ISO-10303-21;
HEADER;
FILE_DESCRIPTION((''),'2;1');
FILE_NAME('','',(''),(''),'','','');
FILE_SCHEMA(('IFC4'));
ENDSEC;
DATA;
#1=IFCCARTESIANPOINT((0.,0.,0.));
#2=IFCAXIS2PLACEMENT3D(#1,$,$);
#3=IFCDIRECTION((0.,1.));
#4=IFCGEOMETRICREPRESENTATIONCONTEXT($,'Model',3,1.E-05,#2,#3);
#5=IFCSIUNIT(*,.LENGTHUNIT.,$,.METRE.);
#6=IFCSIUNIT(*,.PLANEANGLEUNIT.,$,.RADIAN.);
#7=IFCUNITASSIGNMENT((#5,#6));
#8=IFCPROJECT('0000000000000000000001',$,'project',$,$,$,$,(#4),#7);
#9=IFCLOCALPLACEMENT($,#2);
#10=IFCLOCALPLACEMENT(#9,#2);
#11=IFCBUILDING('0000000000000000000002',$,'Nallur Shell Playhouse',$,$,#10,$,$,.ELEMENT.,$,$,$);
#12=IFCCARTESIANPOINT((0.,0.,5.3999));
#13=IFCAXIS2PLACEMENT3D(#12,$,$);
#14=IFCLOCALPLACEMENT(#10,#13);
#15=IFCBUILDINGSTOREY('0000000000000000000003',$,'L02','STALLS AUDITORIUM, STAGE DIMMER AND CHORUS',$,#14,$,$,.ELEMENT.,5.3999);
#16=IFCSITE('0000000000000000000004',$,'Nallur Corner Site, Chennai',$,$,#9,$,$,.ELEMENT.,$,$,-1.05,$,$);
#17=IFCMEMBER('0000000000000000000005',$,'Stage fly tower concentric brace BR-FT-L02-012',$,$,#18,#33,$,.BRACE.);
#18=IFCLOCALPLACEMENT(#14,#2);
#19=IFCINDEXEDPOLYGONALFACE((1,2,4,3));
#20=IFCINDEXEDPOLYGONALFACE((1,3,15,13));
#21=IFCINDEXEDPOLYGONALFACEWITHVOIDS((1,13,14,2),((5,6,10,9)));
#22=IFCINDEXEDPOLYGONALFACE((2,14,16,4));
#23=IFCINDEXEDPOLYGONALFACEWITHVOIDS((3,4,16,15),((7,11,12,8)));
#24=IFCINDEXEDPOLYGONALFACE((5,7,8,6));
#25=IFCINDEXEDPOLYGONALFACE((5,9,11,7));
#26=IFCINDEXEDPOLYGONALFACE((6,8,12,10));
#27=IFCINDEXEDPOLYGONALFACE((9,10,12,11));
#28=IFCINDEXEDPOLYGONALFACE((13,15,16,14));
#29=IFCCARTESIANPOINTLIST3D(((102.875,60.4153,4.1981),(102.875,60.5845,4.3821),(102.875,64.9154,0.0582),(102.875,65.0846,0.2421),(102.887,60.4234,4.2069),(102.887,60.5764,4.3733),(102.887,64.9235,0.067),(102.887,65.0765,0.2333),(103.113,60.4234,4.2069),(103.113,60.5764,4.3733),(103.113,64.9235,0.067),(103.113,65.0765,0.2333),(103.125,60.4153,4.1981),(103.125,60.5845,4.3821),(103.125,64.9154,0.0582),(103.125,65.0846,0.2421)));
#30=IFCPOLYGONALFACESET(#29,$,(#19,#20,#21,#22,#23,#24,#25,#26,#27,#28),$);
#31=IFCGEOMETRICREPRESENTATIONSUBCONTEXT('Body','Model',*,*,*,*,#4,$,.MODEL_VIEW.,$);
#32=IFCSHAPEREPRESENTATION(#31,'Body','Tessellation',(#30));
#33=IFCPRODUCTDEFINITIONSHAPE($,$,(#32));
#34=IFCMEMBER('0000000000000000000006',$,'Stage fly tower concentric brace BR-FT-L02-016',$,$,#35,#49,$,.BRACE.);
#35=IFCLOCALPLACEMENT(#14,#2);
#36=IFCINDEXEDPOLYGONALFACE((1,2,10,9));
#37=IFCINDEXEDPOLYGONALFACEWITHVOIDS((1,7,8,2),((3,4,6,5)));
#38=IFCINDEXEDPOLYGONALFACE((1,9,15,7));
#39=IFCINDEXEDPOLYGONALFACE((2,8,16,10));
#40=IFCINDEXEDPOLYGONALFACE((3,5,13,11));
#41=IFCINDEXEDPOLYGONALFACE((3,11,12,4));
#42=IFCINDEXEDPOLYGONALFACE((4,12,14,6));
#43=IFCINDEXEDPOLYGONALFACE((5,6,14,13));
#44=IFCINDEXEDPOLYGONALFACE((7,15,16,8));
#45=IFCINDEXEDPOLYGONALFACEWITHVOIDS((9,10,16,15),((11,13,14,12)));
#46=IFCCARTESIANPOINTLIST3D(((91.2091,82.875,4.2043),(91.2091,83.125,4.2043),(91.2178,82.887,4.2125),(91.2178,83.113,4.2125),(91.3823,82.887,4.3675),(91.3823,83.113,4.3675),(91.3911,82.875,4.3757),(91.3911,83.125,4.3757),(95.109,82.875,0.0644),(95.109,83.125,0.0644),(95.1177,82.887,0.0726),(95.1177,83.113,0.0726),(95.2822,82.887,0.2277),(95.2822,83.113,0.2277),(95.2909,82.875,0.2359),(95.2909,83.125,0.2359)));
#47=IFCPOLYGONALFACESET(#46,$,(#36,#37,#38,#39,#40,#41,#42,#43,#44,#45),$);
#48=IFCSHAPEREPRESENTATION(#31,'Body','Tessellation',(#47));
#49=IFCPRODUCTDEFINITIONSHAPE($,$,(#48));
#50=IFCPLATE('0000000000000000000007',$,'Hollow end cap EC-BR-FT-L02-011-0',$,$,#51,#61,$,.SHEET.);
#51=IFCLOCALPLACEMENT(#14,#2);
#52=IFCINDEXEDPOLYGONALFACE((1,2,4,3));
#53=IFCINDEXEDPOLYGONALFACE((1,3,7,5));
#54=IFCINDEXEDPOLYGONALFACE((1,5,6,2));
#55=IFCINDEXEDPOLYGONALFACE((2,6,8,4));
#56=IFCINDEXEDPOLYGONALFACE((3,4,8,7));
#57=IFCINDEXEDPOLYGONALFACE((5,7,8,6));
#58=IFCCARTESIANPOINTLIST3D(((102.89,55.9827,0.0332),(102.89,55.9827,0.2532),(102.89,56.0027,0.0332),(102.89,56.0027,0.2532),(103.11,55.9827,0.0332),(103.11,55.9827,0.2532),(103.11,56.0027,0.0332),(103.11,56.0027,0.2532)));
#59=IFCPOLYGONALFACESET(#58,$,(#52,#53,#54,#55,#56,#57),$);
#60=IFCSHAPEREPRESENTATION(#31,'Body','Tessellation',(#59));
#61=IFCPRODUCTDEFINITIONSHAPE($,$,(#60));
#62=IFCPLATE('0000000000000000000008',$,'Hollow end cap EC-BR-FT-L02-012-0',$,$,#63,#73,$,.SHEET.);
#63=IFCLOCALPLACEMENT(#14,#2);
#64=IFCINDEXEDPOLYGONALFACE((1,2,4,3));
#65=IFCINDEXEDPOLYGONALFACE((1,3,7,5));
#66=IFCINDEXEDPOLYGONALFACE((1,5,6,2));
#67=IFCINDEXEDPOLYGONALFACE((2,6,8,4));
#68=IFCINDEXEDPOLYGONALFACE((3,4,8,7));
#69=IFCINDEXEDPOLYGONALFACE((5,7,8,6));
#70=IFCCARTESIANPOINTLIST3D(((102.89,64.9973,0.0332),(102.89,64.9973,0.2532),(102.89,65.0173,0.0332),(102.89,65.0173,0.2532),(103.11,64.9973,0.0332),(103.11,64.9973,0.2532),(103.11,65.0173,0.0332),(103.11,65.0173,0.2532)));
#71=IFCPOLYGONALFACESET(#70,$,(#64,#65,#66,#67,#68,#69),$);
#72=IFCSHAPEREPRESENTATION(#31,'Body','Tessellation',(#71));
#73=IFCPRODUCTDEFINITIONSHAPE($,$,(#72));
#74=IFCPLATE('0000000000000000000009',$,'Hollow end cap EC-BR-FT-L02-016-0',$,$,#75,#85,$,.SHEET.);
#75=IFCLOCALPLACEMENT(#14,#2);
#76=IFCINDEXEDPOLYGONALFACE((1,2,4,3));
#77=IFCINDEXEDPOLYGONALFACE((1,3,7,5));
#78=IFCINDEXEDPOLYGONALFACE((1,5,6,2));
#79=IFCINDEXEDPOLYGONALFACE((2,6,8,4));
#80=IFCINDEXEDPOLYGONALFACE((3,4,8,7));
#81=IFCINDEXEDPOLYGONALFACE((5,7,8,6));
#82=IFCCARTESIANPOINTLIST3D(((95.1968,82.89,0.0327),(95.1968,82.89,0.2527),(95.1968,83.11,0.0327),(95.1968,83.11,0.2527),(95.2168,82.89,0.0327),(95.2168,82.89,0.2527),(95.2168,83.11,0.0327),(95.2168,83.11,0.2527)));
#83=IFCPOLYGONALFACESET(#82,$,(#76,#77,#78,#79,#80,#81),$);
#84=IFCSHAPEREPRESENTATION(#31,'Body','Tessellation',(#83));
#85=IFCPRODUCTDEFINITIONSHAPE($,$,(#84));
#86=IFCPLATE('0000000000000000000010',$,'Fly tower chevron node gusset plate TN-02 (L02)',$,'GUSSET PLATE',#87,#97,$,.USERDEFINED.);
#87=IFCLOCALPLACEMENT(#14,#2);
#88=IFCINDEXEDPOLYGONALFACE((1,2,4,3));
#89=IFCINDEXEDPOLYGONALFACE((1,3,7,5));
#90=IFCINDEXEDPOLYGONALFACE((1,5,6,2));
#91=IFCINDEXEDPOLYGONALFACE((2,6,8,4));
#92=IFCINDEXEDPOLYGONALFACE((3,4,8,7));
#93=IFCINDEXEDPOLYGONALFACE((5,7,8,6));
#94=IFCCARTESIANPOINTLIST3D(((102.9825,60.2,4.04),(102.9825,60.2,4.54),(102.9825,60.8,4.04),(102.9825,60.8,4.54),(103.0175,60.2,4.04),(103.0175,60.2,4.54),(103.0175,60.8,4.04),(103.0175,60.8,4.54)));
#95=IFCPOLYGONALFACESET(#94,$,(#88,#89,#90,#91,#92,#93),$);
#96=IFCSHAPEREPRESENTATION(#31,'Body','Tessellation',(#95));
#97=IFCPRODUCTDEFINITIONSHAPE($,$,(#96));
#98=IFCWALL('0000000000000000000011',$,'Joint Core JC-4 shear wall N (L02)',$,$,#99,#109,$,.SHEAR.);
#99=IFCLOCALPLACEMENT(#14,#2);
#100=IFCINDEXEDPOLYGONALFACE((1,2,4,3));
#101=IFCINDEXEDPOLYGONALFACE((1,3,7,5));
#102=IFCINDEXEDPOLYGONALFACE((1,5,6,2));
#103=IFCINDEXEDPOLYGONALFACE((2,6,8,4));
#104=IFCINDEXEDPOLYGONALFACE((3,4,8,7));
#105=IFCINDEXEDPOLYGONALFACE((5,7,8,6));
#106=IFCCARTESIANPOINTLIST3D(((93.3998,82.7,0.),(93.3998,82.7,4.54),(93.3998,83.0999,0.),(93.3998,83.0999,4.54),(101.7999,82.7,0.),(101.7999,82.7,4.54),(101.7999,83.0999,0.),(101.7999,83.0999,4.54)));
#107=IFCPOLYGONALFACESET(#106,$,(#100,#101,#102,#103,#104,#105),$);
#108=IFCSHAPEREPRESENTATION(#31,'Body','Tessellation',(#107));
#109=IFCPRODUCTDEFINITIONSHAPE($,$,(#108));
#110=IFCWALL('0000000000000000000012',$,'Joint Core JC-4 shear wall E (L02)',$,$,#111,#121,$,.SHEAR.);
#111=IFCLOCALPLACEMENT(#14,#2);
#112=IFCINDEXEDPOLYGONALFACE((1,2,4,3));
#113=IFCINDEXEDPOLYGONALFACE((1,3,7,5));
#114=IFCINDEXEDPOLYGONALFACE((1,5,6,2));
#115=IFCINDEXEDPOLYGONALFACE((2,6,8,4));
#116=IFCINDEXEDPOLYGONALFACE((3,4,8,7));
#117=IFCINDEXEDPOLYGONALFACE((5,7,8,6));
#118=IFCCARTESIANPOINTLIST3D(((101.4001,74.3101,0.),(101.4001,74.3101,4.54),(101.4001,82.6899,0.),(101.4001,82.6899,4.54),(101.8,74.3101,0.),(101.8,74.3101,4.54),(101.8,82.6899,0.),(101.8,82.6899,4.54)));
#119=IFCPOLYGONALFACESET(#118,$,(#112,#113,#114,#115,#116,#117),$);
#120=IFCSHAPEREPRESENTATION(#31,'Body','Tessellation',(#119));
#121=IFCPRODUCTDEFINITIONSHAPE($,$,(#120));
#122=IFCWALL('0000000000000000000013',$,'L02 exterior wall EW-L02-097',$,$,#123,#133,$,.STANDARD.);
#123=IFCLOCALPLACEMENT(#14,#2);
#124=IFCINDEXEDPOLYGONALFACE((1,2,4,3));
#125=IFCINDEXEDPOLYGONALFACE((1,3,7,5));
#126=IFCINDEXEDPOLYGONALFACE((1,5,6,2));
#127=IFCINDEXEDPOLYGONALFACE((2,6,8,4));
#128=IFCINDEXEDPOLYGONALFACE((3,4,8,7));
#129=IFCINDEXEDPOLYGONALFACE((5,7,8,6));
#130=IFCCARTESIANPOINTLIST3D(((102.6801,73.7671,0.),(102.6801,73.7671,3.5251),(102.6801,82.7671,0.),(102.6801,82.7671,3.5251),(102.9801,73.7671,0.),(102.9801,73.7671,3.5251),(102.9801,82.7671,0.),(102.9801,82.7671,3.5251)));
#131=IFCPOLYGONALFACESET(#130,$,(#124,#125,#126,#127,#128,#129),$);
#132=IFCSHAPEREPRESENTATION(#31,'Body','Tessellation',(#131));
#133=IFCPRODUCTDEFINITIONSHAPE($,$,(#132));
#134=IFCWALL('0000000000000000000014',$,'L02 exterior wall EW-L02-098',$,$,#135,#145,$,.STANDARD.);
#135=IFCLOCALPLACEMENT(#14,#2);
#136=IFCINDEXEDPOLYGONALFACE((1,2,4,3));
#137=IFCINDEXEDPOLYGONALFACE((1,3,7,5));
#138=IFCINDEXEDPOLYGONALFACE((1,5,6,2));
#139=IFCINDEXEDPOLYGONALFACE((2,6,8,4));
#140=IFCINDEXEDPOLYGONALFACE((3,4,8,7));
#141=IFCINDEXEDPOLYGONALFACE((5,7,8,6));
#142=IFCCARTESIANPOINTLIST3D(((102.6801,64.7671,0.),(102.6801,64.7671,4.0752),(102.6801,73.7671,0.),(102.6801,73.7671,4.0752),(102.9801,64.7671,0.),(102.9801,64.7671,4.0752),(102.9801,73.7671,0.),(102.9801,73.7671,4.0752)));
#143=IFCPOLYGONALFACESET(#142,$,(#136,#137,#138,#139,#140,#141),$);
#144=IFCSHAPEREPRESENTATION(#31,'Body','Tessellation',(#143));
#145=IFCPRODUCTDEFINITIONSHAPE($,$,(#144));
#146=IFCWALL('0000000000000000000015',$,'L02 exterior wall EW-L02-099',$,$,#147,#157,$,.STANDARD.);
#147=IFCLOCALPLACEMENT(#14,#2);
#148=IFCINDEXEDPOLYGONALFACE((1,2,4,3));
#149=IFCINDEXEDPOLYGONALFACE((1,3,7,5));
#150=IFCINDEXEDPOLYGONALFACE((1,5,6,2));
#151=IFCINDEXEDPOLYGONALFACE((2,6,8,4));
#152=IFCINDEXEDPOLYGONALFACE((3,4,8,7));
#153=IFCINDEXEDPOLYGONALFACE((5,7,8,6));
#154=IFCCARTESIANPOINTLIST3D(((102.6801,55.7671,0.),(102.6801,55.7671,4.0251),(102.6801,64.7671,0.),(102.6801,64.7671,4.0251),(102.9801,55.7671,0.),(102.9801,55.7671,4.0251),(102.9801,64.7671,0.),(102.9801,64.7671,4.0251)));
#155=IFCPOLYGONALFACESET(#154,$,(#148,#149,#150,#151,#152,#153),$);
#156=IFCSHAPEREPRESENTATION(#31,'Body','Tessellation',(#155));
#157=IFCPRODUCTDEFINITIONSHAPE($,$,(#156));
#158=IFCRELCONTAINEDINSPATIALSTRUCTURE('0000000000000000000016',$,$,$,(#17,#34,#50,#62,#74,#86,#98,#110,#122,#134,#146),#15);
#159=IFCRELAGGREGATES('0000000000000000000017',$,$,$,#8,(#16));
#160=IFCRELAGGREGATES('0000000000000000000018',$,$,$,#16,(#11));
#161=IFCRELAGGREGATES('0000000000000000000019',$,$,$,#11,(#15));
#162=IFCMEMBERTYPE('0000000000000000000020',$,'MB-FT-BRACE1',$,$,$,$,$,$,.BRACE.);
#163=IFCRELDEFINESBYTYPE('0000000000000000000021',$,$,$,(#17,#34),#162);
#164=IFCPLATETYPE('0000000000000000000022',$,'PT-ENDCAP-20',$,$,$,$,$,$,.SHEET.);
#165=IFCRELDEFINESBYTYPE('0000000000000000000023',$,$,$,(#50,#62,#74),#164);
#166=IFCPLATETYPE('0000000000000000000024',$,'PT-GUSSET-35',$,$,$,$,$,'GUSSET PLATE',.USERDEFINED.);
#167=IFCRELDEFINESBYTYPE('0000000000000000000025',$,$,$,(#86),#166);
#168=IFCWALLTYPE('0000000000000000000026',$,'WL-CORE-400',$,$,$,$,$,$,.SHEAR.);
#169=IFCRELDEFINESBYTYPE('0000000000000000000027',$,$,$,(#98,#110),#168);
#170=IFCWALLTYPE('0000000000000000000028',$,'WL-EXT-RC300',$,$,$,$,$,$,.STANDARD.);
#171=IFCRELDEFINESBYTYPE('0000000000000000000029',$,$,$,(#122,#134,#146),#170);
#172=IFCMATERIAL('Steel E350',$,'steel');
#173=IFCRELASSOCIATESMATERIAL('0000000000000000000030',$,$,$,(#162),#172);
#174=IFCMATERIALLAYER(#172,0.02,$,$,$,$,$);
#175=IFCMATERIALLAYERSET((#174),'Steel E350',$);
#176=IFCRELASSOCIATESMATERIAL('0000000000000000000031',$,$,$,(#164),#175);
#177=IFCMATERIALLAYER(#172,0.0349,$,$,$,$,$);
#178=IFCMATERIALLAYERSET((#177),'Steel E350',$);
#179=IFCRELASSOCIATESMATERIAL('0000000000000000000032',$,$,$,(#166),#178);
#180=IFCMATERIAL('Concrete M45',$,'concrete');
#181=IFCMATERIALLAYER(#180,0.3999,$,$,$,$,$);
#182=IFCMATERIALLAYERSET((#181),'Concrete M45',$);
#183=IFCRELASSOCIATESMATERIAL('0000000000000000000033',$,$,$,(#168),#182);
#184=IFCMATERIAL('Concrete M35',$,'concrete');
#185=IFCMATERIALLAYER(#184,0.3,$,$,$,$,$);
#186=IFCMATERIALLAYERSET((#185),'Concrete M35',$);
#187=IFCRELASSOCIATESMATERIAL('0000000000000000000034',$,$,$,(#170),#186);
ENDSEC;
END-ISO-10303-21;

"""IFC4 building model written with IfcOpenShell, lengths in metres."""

from ifc_helpers import new_model, si_unit, direction, frame, frame_2d, origin, origin_2d, place, context, subcontext, project, spatial, rectangle, hollow_rectangle, extrude, material, layer, layer_set, material_profile, profile_set, type_object, element, save


model = new_model("IFC4")

# Units and contexts
model_context = context("Model", 3, precision=1e-05, world=origin(), true_north=direction((0.0, 1.0)))
body_context = subcontext(model_context, "Body", "Model", "MODEL_VIEW")
ifc_project = project(units=[si_unit("LENGTHUNIT", "METRE"), si_unit("PLANEANGLEUNIT", "RADIAN")], contexts=[model_context])

# Site, building, storey
site_placement = place(None, origin())
site = spatial("IfcSite", under=ifc_project, at=site_placement, Name="Nallur Corner Site, Chennai", CompositionType="ELEMENT", RefElevation=-1.05)
building_placement = place(site_placement, origin())
building = spatial("IfcBuilding", under=site, at=building_placement, Name="Nallur Shell Playhouse", CompositionType="ELEMENT")
storey_placement = place(building_placement, frame((0.0, 0.0, 5.3999)))
storey = spatial("IfcBuildingStorey", under=building, at=storey_placement, Name="L02", Description="STALLS AUDITORIUM, STAGE DIMMER AND CHORUS", CompositionType="ELEMENT", Elevation=5.3999)

# Shared definitions
ifc_material_1 = material(Name="Steel E350", Category="steel")

# Shared definitions
ifc_material_2 = material(Name="Concrete M35", Category="concrete")

# Members
ifc_material_profile_1 = material_profile(ifc_material_1, hollow_rectangle(XDim=0.25, YDim=0.25, WallThickness=0.012, at=origin_2d()), Name="SHS 250x250x12")
ifc_profile_set_1 = profile_set([ifc_material_profile_1], Name="Steel E350")
member_type_1 = type_object("IfcMemberType", Name="MB-FT-BRACE1", PredefinedType="BRACE", material=ifc_profile_set_1)
for number, where, z_axis, x_axis, name in (
    (1, (103.0, 65.0, 0.1501), (0.0, -0.73594, 0.677047), (1.0, 0.0, 0.0), "Stage fly tower concentric brace BR-FT-L02-012"),
):
    element("IfcMember", number, at=place(storey_placement, frame(where, z_axis=z_axis, x_axis=x_axis)), inside=storey, type_object=member_type_1, Name=name, PredefinedType="BRACE", context=body_context, shape_type="SweptSolid", body=[
        extrude(hollow_rectangle(XDim=0.25, YDim=0.25, WallThickness=0.012, at=origin_2d()), origin(), (0.0, 0.0, 1.0), 6.1147),
    ])
member_1_placement = place(storey_placement, frame((95.2, 83.0, 0.1501), z_axis=(-0.685694, 0.0, 0.72789), x_axis=(0.0, -1.0, 0.0)))
element("IfcMember", 2, at=member_1_placement, inside=storey, type_object=member_type_1, Name="Stage fly tower concentric brace BR-FT-L02-016", PredefinedType="BRACE", context=body_context, shape_type="SweptSolid", body=[
    extrude(hollow_rectangle(XDim=0.25, YDim=0.25, WallThickness=0.012, at=origin_2d()), origin(), (0.0, 0.0, 1.0), 5.6875),
])

# Plates
ifc_layer_1 = layer(ifc_material_1, 0.02)
ifc_layer_set_1 = layer_set([ifc_layer_1], Name="Steel E350")
plate_type_1 = type_object("IfcPlateType", Name="PT-ENDCAP-20", PredefinedType="SHEET", material=ifc_layer_set_1)
for number, where, z_axis, x_axis, name in (
    (3, (103.0, 55.9927, 0.0332), (0.0, 0.0, 1.0), (1.0, 0.0, 0.0), "Hollow end cap EC-BR-FT-L02-011-0"),
    (4, (103.0, 65.0073, 0.0332), (0.0, 0.0, 1.0), (1.0, 0.0, 0.0), "Hollow end cap EC-BR-FT-L02-012-0"),
):
    element("IfcPlate", number, at=place(storey_placement, frame(where, z_axis=z_axis, x_axis=x_axis)), inside=storey, type_object=plate_type_1, Name=name, PredefinedType="SHEET", context=body_context, shape_type="SweptSolid", body=[
        extrude(rectangle(XDim=0.22, YDim=0.02, at=origin_2d()), origin(), (0.0, 0.0, 1.0), 0.22),
    ])
plate_1_placement = place(storey_placement, frame((95.2068, 83.0, 0.0327), z_axis=(0.0, 0.0, 1.0), x_axis=(1.0, 0.0, 0.0)))
element("IfcPlate", 5, at=plate_1_placement, inside=storey, type_object=plate_type_1, Name="Hollow end cap EC-BR-FT-L02-016-0", PredefinedType="SHEET", context=body_context, shape_type="SweptSolid", body=[
    extrude(rectangle(XDim=0.02, YDim=0.22, at=origin_2d()), origin(), (0.0, 0.0, 1.0), 0.22),
])
ifc_layer_2 = layer(ifc_material_1, 0.0349)
ifc_layer_set_2 = layer_set([ifc_layer_2], Name="Steel E350")
plate_type_2 = type_object("IfcPlateType", Name="PT-GUSSET-35", ElementType="GUSSET PLATE", PredefinedType="USERDEFINED", material=ifc_layer_set_2)
plate_2_placement = place(storey_placement, frame((103.0, 60.5, 4.04), z_axis=(0.0, 0.0, 1.0), x_axis=(1.0, 0.0, 0.0)))
element("IfcPlate", 6, at=plate_2_placement, inside=storey, type_object=plate_type_2, Name="Fly tower chevron node gusset plate TN-02 (L02)", ObjectType="GUSSET PLATE", PredefinedType="USERDEFINED", context=body_context, shape_type="SweptSolid", body=[
    extrude(rectangle(XDim=0.0349, YDim=0.6001, at=origin_2d()), origin(), (0.0, 0.0, 1.0), 0.5),
])

# Walls
ifc_material_3 = material(Name="Concrete M45", Category="concrete")
ifc_layer_3 = layer(ifc_material_3, 0.3999)
ifc_layer_set_3 = layer_set([ifc_layer_3], Name="Concrete M45")
wall_type_1 = type_object("IfcWallType", Name="WL-CORE-400", PredefinedType="SHEAR", material=ifc_layer_set_3)
wall_1_placement = place(storey_placement, frame((101.8, 82.8999, 0.0), z_axis=(0.0, 0.0, 1.0), x_axis=(-1.0, 0.0, 0.0)))
element("IfcWall", 7, at=wall_1_placement, inside=storey, type_object=wall_type_1, Name="Joint Core JC-4 shear wall N (L02)", PredefinedType="SHEAR", context=body_context, shape_type="SweptSolid", body=[
    extrude(rectangle(XDim=8.4001, YDim=0.3999, at=frame_2d((4.2002, 0.0))), origin(), (0.0, 0.0, 1.0), 4.54),
])
wall_2_placement = place(storey_placement, frame((101.6001, 74.3101, 0.0), z_axis=(0.0, 0.0, 1.0), x_axis=(0.0, 1.0, 0.0)))
element("IfcWall", 8, at=wall_2_placement, inside=storey, type_object=wall_type_1, Name="Joint Core JC-4 shear wall E (L02)", PredefinedType="SHEAR", context=body_context, shape_type="SweptSolid", body=[
    extrude(rectangle(XDim=8.3799, YDim=0.3999, at=frame_2d((4.1899, 0.0))), origin(), (0.0, 0.0, 1.0), 4.54),
])
ifc_layer_4 = layer(ifc_material_2, 0.3)
ifc_layer_set_4 = layer_set([ifc_layer_4], Name="Concrete M35")
wall_type_2 = type_object("IfcWallType", Name="WL-EXT-RC300", PredefinedType="STANDARD", material=ifc_layer_set_4)
wall_3_placement = place(storey_placement, frame((102.8301, 82.7671, 0.0), z_axis=(0.0, 0.0, 1.0), x_axis=(0.0, -1.0, 0.0)))
element("IfcWall", 9, at=wall_3_placement, inside=storey, type_object=wall_type_2, Name="L02 exterior wall EW-L02-097", PredefinedType="STANDARD", context=body_context, shape_type="SweptSolid", body=[
    extrude(rectangle(XDim=9.0, YDim=0.3, at=frame_2d((4.5, 0.0))), origin(), (0.0, 0.0, 1.0), 3.5251),
])
wall_4_placement = place(storey_placement, frame((102.8301, 73.7671, 0.0), z_axis=(0.0, 0.0, 1.0), x_axis=(0.0, -1.0, 0.0)))
element("IfcWall", 10, at=wall_4_placement, inside=storey, type_object=wall_type_2, Name="L02 exterior wall EW-L02-098", PredefinedType="STANDARD", context=body_context, shape_type="SweptSolid", body=[
    extrude(rectangle(XDim=9.0, YDim=0.3, at=frame_2d((4.5, 0.0))), origin(), (0.0, 0.0, 1.0), 4.0752),
])
wall_5_placement = place(storey_placement, frame((102.8301, 64.7671, 0.0), z_axis=(0.0, 0.0, 1.0), x_axis=(0.0, -1.0, 0.0)))
element("IfcWall", 11, at=wall_5_placement, inside=storey, type_object=wall_type_2, Name="L02 exterior wall EW-L02-099", PredefinedType="STANDARD", context=body_context, shape_type="SweptSolid", body=[
    extrude(rectangle(XDim=9.0, YDim=0.3, at=frame_2d((4.5, 0.0))), origin(), (0.0, 0.0, 1.0), 4.0251),
])

save(model, "model.ifc")
